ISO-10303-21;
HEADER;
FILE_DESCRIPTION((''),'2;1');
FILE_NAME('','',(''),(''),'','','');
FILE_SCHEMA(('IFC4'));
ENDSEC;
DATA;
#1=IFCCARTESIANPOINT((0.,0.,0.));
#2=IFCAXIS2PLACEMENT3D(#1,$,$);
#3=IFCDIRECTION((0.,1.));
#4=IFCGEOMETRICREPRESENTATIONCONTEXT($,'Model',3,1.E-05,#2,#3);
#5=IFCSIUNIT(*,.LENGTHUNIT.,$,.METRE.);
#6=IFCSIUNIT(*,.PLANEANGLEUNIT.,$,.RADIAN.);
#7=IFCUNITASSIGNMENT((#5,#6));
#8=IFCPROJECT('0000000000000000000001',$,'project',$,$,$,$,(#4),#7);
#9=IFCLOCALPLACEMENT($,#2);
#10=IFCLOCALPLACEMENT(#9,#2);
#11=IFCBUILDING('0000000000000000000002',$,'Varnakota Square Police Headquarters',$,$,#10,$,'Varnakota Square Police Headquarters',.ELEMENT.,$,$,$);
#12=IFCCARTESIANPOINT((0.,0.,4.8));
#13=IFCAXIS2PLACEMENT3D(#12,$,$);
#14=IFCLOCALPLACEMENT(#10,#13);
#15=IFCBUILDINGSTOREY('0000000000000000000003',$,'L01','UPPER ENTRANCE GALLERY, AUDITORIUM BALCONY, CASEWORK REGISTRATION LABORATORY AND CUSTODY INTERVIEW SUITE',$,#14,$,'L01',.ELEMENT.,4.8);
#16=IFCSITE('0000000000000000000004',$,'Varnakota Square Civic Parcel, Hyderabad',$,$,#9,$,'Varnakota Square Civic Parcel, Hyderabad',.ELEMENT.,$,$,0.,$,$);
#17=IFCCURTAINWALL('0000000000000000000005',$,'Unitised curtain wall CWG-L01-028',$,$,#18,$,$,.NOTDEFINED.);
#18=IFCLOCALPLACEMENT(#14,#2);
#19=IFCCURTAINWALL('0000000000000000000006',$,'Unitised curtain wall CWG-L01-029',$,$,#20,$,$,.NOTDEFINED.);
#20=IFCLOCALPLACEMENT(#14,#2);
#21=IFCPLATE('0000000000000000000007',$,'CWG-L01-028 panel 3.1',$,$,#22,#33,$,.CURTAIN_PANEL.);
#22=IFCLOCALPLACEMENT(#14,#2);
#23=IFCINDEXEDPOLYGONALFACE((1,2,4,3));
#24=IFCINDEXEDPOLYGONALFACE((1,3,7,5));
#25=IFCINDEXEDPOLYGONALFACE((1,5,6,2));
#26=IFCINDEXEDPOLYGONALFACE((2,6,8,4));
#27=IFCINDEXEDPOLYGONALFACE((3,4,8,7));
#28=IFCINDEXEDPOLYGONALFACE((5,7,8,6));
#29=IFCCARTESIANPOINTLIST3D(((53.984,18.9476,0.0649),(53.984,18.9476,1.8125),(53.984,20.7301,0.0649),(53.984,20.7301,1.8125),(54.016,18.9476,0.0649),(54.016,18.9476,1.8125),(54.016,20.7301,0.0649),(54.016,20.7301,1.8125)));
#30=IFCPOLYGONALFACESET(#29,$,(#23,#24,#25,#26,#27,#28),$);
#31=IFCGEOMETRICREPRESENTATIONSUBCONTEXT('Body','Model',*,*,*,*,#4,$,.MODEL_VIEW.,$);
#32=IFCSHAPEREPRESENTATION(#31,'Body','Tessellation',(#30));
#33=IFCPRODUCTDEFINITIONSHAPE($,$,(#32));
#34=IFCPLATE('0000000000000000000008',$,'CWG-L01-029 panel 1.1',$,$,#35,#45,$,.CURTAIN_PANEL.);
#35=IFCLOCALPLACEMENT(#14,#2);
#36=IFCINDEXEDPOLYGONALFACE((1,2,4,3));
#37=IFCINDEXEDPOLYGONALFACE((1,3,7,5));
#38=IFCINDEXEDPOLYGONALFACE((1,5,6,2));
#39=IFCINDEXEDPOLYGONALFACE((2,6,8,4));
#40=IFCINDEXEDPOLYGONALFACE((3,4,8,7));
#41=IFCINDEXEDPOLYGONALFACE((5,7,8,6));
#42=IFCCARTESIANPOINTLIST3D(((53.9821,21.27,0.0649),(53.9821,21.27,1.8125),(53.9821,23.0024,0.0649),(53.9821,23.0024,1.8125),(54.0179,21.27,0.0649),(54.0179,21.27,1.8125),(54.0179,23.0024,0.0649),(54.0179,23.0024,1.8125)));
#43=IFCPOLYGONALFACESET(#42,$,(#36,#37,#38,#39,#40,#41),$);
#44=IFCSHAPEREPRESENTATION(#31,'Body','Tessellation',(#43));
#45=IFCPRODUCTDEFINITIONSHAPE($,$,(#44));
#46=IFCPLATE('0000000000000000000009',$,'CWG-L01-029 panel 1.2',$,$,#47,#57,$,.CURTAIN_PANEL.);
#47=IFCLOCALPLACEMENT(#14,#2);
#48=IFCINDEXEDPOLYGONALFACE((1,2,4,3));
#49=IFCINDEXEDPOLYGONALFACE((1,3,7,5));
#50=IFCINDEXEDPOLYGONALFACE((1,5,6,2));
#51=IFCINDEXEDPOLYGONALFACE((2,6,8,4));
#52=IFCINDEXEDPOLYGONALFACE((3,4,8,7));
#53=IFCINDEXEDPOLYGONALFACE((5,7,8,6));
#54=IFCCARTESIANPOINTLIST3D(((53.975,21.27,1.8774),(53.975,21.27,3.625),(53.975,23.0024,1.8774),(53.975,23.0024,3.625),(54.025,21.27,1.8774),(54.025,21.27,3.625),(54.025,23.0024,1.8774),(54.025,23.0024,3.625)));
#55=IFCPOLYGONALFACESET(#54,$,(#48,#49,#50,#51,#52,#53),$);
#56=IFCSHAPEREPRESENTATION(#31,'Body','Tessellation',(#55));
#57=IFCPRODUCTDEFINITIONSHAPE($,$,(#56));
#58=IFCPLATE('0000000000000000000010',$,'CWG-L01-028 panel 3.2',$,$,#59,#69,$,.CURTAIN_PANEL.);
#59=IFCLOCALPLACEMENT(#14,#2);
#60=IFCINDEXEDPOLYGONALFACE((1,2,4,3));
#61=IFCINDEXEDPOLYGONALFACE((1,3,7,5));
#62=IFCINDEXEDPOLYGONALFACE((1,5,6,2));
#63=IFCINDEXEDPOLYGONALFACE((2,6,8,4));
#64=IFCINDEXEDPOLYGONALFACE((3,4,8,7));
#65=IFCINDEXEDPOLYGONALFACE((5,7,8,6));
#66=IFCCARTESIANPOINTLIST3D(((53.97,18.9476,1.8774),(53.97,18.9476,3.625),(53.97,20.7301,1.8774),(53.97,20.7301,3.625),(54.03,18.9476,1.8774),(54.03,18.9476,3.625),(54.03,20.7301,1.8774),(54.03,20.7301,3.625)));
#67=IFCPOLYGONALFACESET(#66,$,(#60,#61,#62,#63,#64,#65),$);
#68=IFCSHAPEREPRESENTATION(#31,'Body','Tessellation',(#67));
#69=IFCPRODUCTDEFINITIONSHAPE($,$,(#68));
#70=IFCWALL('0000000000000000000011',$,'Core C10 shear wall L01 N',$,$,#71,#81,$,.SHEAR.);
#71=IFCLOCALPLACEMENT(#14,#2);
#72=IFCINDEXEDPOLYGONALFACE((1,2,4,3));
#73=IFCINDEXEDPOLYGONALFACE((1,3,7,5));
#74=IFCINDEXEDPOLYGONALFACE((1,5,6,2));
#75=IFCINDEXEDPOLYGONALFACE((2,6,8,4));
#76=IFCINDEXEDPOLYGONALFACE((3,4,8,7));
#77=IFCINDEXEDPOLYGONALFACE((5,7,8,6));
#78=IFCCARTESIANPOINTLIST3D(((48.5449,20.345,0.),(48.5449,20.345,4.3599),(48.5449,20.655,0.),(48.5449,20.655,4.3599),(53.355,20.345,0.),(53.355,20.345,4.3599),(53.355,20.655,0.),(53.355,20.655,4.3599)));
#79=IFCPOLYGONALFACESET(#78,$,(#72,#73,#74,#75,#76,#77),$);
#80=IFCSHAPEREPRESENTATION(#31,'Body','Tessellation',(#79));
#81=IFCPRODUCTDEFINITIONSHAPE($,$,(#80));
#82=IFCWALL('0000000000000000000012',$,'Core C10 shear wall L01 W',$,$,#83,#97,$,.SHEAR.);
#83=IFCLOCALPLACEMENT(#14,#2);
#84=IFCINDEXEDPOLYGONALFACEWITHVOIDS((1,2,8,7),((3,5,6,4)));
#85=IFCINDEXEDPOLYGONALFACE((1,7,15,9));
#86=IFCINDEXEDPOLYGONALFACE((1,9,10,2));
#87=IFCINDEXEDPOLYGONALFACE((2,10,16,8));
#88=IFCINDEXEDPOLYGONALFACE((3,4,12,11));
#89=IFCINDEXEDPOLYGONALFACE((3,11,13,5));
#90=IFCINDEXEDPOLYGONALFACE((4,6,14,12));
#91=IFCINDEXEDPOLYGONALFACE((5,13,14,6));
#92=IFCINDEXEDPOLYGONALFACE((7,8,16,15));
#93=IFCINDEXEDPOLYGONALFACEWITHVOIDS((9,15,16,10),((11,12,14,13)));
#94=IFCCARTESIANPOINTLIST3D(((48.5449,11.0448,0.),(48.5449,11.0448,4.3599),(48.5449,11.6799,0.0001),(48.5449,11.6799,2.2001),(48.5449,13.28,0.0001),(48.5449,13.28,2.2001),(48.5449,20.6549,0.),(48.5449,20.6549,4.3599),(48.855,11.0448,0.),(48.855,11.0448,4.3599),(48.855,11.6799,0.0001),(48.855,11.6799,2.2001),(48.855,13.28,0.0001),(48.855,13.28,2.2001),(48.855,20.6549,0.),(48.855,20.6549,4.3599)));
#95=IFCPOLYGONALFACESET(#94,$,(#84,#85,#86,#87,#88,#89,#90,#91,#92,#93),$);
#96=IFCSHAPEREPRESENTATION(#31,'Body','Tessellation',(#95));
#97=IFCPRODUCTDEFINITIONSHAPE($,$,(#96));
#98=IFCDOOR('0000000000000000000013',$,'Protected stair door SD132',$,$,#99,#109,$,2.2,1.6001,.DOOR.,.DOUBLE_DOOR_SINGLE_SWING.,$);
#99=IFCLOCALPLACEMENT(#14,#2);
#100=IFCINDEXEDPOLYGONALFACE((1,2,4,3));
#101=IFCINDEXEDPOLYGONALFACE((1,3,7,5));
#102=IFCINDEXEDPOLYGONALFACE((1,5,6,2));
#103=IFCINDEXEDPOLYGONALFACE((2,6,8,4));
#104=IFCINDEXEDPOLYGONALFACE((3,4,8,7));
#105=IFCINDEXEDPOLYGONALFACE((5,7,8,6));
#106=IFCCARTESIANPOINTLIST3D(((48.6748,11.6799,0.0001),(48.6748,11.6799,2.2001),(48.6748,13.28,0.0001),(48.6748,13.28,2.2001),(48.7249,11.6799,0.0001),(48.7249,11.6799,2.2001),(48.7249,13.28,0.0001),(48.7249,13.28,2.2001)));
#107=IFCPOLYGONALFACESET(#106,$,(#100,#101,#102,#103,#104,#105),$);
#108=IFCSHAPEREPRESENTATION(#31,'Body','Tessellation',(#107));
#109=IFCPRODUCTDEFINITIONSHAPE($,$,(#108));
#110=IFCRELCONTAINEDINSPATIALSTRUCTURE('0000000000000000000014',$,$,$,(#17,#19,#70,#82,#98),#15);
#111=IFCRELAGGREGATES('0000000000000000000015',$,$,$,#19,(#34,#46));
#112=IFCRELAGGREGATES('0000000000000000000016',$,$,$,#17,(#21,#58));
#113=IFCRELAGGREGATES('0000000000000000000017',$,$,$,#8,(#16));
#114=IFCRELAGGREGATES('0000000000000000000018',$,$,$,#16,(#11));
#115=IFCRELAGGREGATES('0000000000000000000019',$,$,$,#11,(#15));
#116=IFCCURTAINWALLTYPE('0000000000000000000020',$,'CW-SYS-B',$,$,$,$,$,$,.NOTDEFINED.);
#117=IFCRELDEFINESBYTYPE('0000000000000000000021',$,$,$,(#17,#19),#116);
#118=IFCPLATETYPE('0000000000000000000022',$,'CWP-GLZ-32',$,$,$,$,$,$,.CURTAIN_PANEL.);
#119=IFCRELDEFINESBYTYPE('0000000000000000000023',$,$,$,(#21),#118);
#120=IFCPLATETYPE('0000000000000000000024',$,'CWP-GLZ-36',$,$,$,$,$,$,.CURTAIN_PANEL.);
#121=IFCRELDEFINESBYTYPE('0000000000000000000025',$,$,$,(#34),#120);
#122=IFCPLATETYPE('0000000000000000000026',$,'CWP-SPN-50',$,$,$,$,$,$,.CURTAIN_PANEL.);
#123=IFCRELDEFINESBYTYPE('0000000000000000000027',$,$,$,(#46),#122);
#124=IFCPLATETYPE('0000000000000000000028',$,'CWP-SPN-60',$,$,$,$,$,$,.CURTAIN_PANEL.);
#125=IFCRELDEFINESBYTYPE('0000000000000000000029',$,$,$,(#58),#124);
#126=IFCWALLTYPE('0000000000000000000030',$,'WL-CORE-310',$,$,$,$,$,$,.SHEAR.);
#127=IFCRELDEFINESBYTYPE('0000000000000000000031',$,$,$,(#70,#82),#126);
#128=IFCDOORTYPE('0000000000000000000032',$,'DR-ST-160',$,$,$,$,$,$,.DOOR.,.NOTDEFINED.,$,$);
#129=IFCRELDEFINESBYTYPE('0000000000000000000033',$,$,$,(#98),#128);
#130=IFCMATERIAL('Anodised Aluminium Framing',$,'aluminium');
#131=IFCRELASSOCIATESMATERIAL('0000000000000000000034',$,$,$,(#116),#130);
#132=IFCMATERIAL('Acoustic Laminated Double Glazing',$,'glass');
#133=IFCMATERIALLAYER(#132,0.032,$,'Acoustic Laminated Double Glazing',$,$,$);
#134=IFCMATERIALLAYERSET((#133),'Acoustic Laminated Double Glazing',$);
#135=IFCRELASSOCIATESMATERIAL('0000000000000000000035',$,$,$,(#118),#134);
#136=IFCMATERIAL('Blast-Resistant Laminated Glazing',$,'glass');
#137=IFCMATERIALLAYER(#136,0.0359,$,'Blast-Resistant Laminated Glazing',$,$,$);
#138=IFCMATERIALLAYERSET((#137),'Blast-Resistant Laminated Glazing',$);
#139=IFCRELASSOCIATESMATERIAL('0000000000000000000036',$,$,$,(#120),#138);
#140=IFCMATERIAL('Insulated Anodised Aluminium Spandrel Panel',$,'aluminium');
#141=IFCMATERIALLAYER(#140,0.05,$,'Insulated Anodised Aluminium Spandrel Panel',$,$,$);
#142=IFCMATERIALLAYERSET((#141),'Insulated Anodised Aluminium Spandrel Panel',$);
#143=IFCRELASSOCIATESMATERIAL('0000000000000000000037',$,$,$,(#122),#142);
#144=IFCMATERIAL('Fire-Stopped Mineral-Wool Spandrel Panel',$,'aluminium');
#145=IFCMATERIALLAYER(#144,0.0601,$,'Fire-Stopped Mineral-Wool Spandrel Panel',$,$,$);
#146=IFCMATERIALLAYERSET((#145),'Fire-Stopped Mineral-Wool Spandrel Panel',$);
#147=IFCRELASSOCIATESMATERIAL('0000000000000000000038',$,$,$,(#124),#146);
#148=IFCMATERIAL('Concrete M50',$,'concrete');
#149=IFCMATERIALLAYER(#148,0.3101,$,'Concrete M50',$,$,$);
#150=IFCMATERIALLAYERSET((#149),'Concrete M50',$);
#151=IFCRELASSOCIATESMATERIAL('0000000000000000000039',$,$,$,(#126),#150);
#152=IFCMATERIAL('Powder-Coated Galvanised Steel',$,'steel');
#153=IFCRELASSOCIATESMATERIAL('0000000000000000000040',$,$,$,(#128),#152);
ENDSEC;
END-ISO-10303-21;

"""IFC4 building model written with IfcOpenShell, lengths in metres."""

from ifc_helpers import new_model, si_unit, direction, frame, frame_2d, origin, origin_2d, place, context, subcontext, project, spatial, rectangle, extrude, material, layer, layer_set, type_object, element, fill, aggregate, save


model = new_model("IFC4")

# Units and contexts
model_context = context("Model", 3, precision=1e-05, world=origin(), true_north=direction((0.0, 1.0)))
body_context = subcontext(model_context, "Body", "Model", "MODEL_VIEW")
ifc_project = project(units=[si_unit("LENGTHUNIT", "METRE"), si_unit("PLANEANGLEUNIT", "RADIAN")], contexts=[model_context])

# Site, building, storey
site_placement = place(None, origin())
site = spatial("IfcSite", under=ifc_project, at=site_placement, Name="Varnakota Square Civic Parcel, Hyderabad", LongName="Varnakota Square Civic Parcel, Hyderabad", CompositionType="ELEMENT", RefElevation=0.0)
building_placement = place(site_placement, origin())
building = spatial("IfcBuilding", under=site, at=building_placement, Name="Varnakota Square Police Headquarters", LongName="Varnakota Square Police Headquarters", CompositionType="ELEMENT")
storey_placement = place(building_placement, frame((0.0, 0.0, 4.8)))
storey = spatial("IfcBuildingStorey", under=building, at=storey_placement, Name="L01", Description="UPPER ENTRANCE GALLERY, AUDITORIUM BALCONY, CASEWORK REGISTRATION LABORATORY AND CUSTODY INTERVIEW SUITE", LongName="L01", CompositionType="ELEMENT", Elevation=4.8)

# Curtain walls
ifc_material_1 = material(Name="Anodised Aluminium Framing", Category="aluminium")
curtain_wall_type = type_object("IfcCurtainWallType", Name="CW-SYS-B", PredefinedType="NOTDEFINED", material=ifc_material_1)
curtain_wall_1_placement = place(storey_placement, origin())
curtain_wall_1 = element("IfcCurtainWall", 1, at=curtain_wall_1_placement, inside=storey, type_object=curtain_wall_type, Name="Unitised curtain wall CWG-L01-028", PredefinedType="NOTDEFINED")
curtain_wall_2_placement = place(storey_placement, origin())
curtain_wall_2 = element("IfcCurtainWall", 2, at=curtain_wall_2_placement, inside=storey, type_object=curtain_wall_type, Name="Unitised curtain wall CWG-L01-029", PredefinedType="NOTDEFINED")

# Plates
ifc_material_2 = material(Name="Acoustic Laminated Double Glazing", Category="glass")
ifc_layer_1 = layer(ifc_material_2, 0.032, Name="Acoustic Laminated Double Glazing")
ifc_layer_set_1 = layer_set([ifc_layer_1], Name="Acoustic Laminated Double Glazing")
plate_type_1 = type_object("IfcPlateType", Name="CWP-GLZ-32", PredefinedType="CURTAIN_PANEL", material=ifc_layer_set_1)
plate_1_placement = place(storey_placement, frame((54.0, 19.8389, 0.0649), z_axis=(0.0, 0.0, 1.0), x_axis=(0.0, 1.0, 0.0)))
plate_1 = element("IfcPlate", 3, at=plate_1_placement, type_object=plate_type_1, Name="CWG-L01-028 panel 3.1", PredefinedType="CURTAIN_PANEL", context=body_context, shape_type="SweptSolid", body=[
    extrude(rectangle(XDim=1.7825, YDim=0.032, at=origin_2d()), origin(), (0.0, 0.0, 1.0), 1.7476),
])
ifc_material_3 = material(Name="Blast-Resistant Laminated Glazing", Category="glass")
ifc_layer_2 = layer(ifc_material_3, 0.0359, Name="Blast-Resistant Laminated Glazing")
ifc_layer_set_2 = layer_set([ifc_layer_2], Name="Blast-Resistant Laminated Glazing")
plate_type_2 = type_object("IfcPlateType", Name="CWP-GLZ-36", PredefinedType="CURTAIN_PANEL", material=ifc_layer_set_2)
plate_2_placement = place(storey_placement, frame((54.0, 22.1362, 0.0649), z_axis=(0.0, 0.0, 1.0), x_axis=(0.0, 1.0, 0.0)))
plate_2 = element("IfcPlate", 4, at=plate_2_placement, type_object=plate_type_2, Name="CWG-L01-029 panel 1.1", PredefinedType="CURTAIN_PANEL", context=body_context, shape_type="SweptSolid", body=[
    extrude(rectangle(XDim=1.7324, YDim=0.0359, at=origin_2d()), origin(), (0.0, 0.0, 1.0), 1.7476),
])
ifc_material_4 = material(Name="Insulated Anodised Aluminium Spandrel Panel", Category="aluminium")
ifc_layer_3 = layer(ifc_material_4, 0.05, Name="Insulated Anodised Aluminium Spandrel Panel")
ifc_layer_set_3 = layer_set([ifc_layer_3], Name="Insulated Anodised Aluminium Spandrel Panel")
plate_type_3 = type_object("IfcPlateType", Name="CWP-SPN-50", PredefinedType="CURTAIN_PANEL", material=ifc_layer_set_3)
plate_3_placement = place(storey_placement, frame((54.0, 22.1362, 1.8774), z_axis=(0.0, 0.0, 1.0), x_axis=(0.0, 1.0, 0.0)))
plate_3 = element("IfcPlate", 5, at=plate_3_placement, type_object=plate_type_3, Name="CWG-L01-029 panel 1.2", PredefinedType="CURTAIN_PANEL", context=body_context, shape_type="SweptSolid", body=[
    extrude(rectangle(XDim=1.7324, YDim=0.05, at=origin_2d()), origin(), (0.0, 0.0, 1.0), 1.7476),
])
aggregate(curtain_wall_2, [plate_2, plate_3])
ifc_material_5 = material(Name="Fire-Stopped Mineral-Wool Spandrel Panel", Category="aluminium")
ifc_layer_4 = layer(ifc_material_5, 0.0601, Name="Fire-Stopped Mineral-Wool Spandrel Panel")
ifc_layer_set_4 = layer_set([ifc_layer_4], Name="Fire-Stopped Mineral-Wool Spandrel Panel")
plate_type_4 = type_object("IfcPlateType", Name="CWP-SPN-60", PredefinedType="CURTAIN_PANEL", material=ifc_layer_set_4)
plate_4_placement = place(storey_placement, frame((54.0, 19.8389, 1.8774), z_axis=(0.0, 0.0, 1.0), x_axis=(0.0, 1.0, 0.0)))
plate_4 = element("IfcPlate", 6, at=plate_4_placement, type_object=plate_type_4, Name="CWG-L01-028 panel 3.2", PredefinedType="CURTAIN_PANEL", context=body_context, shape_type="SweptSolid", body=[
    extrude(rectangle(XDim=1.7825, YDim=0.0601, at=origin_2d()), origin(), (0.0, 0.0, 1.0), 1.7476),
])
aggregate(curtain_wall_1, [plate_1, plate_4])

# Wall
ifc_material_6 = material(Name="Concrete M50", Category="concrete")
ifc_layer_5 = layer(ifc_material_6, 0.3101, Name="Concrete M50")
ifc_layer_set_5 = layer_set([ifc_layer_5], Name="Concrete M50")
wall_type = type_object("IfcWallType", Name="WL-CORE-310", PredefinedType="SHEAR", material=ifc_layer_set_5)
wall_1_placement = place(storey_placement, frame((53.355, 20.5, 0.0), z_axis=(0.0, 0.0, 1.0), x_axis=(-1.0, 0.0, 0.0)))
element("IfcWall", 7, at=wall_1_placement, inside=storey, type_object=wall_type, Name="Core C10 shear wall L01 N", PredefinedType="SHEAR", context=body_context, shape_type="SweptSolid", body=[
    extrude(rectangle(XDim=4.8101, YDim=0.3101, at=frame_2d((2.405, 0.0))), origin(), (0.0, 0.0, 1.0), 4.3599),
])

# Wall, opening, door
wall_2_placement = place(storey_placement, frame((48.7, 20.655, 0.0), z_axis=(0.0, 0.0, 1.0), x_axis=(0.0, -1.0, 0.0)))
wall_2 = element("IfcWall", 8, at=wall_2_placement, inside=storey, type_object=wall_type, Name="Core C10 shear wall L01 W", PredefinedType="SHEAR", context=body_context, shape_type="SweptSolid", body=[
    extrude(rectangle(XDim=9.6101, YDim=0.3101, at=frame_2d((4.8052, 0.0))), origin(), (0.0, 0.0, 1.0), 4.3599),
])
opening_placement = place(wall_2_placement, frame((7.375, 0.0, 0.0)))
opening = element("IfcOpeningElement", 9, at=opening_placement, cuts=wall_2, PredefinedType="OPENING", context=body_context, shape_type="SweptSolid", body=[
    extrude(rectangle(XDim=1.6001, YDim=2.2, at=frame_2d((0.8, 1.1001))), frame((0.0, 0.165, 0.0), z_axis=(0.0, -1.0, 0.0), x_axis=(1.0, 0.0, 0.0)), (0.0, 0.0, 1.0), 0.3301),
])
ifc_material_7 = material(Name="Powder-Coated Galvanised Steel", Category="steel")
door_type = type_object("IfcDoorType", Name="DR-ST-160", OperationType="NOTDEFINED", PredefinedType="DOOR", material=ifc_material_7)
door_placement = place(opening_placement, origin())
door = element("IfcDoor", 10, at=door_placement, inside=storey, type_object=door_type, Name="Protected stair door SD132", OperationType="DOUBLE_DOOR_SINGLE_SWING", OverallHeight=2.2, OverallWidth=1.6001, PredefinedType="DOOR", context=body_context, shape_type="SweptSolid", body=[
    extrude(rectangle(XDim=1.6001, YDim=2.2, at=frame_2d((0.8, 1.1001))), frame((0.0, 0.0249, 0.0), z_axis=(0.0, -1.0, 0.0), x_axis=(1.0, 0.0, 0.0)), (0.0, 0.0, 1.0), 0.05),
])
fill(opening, door)

save(model, "model.ifc")
